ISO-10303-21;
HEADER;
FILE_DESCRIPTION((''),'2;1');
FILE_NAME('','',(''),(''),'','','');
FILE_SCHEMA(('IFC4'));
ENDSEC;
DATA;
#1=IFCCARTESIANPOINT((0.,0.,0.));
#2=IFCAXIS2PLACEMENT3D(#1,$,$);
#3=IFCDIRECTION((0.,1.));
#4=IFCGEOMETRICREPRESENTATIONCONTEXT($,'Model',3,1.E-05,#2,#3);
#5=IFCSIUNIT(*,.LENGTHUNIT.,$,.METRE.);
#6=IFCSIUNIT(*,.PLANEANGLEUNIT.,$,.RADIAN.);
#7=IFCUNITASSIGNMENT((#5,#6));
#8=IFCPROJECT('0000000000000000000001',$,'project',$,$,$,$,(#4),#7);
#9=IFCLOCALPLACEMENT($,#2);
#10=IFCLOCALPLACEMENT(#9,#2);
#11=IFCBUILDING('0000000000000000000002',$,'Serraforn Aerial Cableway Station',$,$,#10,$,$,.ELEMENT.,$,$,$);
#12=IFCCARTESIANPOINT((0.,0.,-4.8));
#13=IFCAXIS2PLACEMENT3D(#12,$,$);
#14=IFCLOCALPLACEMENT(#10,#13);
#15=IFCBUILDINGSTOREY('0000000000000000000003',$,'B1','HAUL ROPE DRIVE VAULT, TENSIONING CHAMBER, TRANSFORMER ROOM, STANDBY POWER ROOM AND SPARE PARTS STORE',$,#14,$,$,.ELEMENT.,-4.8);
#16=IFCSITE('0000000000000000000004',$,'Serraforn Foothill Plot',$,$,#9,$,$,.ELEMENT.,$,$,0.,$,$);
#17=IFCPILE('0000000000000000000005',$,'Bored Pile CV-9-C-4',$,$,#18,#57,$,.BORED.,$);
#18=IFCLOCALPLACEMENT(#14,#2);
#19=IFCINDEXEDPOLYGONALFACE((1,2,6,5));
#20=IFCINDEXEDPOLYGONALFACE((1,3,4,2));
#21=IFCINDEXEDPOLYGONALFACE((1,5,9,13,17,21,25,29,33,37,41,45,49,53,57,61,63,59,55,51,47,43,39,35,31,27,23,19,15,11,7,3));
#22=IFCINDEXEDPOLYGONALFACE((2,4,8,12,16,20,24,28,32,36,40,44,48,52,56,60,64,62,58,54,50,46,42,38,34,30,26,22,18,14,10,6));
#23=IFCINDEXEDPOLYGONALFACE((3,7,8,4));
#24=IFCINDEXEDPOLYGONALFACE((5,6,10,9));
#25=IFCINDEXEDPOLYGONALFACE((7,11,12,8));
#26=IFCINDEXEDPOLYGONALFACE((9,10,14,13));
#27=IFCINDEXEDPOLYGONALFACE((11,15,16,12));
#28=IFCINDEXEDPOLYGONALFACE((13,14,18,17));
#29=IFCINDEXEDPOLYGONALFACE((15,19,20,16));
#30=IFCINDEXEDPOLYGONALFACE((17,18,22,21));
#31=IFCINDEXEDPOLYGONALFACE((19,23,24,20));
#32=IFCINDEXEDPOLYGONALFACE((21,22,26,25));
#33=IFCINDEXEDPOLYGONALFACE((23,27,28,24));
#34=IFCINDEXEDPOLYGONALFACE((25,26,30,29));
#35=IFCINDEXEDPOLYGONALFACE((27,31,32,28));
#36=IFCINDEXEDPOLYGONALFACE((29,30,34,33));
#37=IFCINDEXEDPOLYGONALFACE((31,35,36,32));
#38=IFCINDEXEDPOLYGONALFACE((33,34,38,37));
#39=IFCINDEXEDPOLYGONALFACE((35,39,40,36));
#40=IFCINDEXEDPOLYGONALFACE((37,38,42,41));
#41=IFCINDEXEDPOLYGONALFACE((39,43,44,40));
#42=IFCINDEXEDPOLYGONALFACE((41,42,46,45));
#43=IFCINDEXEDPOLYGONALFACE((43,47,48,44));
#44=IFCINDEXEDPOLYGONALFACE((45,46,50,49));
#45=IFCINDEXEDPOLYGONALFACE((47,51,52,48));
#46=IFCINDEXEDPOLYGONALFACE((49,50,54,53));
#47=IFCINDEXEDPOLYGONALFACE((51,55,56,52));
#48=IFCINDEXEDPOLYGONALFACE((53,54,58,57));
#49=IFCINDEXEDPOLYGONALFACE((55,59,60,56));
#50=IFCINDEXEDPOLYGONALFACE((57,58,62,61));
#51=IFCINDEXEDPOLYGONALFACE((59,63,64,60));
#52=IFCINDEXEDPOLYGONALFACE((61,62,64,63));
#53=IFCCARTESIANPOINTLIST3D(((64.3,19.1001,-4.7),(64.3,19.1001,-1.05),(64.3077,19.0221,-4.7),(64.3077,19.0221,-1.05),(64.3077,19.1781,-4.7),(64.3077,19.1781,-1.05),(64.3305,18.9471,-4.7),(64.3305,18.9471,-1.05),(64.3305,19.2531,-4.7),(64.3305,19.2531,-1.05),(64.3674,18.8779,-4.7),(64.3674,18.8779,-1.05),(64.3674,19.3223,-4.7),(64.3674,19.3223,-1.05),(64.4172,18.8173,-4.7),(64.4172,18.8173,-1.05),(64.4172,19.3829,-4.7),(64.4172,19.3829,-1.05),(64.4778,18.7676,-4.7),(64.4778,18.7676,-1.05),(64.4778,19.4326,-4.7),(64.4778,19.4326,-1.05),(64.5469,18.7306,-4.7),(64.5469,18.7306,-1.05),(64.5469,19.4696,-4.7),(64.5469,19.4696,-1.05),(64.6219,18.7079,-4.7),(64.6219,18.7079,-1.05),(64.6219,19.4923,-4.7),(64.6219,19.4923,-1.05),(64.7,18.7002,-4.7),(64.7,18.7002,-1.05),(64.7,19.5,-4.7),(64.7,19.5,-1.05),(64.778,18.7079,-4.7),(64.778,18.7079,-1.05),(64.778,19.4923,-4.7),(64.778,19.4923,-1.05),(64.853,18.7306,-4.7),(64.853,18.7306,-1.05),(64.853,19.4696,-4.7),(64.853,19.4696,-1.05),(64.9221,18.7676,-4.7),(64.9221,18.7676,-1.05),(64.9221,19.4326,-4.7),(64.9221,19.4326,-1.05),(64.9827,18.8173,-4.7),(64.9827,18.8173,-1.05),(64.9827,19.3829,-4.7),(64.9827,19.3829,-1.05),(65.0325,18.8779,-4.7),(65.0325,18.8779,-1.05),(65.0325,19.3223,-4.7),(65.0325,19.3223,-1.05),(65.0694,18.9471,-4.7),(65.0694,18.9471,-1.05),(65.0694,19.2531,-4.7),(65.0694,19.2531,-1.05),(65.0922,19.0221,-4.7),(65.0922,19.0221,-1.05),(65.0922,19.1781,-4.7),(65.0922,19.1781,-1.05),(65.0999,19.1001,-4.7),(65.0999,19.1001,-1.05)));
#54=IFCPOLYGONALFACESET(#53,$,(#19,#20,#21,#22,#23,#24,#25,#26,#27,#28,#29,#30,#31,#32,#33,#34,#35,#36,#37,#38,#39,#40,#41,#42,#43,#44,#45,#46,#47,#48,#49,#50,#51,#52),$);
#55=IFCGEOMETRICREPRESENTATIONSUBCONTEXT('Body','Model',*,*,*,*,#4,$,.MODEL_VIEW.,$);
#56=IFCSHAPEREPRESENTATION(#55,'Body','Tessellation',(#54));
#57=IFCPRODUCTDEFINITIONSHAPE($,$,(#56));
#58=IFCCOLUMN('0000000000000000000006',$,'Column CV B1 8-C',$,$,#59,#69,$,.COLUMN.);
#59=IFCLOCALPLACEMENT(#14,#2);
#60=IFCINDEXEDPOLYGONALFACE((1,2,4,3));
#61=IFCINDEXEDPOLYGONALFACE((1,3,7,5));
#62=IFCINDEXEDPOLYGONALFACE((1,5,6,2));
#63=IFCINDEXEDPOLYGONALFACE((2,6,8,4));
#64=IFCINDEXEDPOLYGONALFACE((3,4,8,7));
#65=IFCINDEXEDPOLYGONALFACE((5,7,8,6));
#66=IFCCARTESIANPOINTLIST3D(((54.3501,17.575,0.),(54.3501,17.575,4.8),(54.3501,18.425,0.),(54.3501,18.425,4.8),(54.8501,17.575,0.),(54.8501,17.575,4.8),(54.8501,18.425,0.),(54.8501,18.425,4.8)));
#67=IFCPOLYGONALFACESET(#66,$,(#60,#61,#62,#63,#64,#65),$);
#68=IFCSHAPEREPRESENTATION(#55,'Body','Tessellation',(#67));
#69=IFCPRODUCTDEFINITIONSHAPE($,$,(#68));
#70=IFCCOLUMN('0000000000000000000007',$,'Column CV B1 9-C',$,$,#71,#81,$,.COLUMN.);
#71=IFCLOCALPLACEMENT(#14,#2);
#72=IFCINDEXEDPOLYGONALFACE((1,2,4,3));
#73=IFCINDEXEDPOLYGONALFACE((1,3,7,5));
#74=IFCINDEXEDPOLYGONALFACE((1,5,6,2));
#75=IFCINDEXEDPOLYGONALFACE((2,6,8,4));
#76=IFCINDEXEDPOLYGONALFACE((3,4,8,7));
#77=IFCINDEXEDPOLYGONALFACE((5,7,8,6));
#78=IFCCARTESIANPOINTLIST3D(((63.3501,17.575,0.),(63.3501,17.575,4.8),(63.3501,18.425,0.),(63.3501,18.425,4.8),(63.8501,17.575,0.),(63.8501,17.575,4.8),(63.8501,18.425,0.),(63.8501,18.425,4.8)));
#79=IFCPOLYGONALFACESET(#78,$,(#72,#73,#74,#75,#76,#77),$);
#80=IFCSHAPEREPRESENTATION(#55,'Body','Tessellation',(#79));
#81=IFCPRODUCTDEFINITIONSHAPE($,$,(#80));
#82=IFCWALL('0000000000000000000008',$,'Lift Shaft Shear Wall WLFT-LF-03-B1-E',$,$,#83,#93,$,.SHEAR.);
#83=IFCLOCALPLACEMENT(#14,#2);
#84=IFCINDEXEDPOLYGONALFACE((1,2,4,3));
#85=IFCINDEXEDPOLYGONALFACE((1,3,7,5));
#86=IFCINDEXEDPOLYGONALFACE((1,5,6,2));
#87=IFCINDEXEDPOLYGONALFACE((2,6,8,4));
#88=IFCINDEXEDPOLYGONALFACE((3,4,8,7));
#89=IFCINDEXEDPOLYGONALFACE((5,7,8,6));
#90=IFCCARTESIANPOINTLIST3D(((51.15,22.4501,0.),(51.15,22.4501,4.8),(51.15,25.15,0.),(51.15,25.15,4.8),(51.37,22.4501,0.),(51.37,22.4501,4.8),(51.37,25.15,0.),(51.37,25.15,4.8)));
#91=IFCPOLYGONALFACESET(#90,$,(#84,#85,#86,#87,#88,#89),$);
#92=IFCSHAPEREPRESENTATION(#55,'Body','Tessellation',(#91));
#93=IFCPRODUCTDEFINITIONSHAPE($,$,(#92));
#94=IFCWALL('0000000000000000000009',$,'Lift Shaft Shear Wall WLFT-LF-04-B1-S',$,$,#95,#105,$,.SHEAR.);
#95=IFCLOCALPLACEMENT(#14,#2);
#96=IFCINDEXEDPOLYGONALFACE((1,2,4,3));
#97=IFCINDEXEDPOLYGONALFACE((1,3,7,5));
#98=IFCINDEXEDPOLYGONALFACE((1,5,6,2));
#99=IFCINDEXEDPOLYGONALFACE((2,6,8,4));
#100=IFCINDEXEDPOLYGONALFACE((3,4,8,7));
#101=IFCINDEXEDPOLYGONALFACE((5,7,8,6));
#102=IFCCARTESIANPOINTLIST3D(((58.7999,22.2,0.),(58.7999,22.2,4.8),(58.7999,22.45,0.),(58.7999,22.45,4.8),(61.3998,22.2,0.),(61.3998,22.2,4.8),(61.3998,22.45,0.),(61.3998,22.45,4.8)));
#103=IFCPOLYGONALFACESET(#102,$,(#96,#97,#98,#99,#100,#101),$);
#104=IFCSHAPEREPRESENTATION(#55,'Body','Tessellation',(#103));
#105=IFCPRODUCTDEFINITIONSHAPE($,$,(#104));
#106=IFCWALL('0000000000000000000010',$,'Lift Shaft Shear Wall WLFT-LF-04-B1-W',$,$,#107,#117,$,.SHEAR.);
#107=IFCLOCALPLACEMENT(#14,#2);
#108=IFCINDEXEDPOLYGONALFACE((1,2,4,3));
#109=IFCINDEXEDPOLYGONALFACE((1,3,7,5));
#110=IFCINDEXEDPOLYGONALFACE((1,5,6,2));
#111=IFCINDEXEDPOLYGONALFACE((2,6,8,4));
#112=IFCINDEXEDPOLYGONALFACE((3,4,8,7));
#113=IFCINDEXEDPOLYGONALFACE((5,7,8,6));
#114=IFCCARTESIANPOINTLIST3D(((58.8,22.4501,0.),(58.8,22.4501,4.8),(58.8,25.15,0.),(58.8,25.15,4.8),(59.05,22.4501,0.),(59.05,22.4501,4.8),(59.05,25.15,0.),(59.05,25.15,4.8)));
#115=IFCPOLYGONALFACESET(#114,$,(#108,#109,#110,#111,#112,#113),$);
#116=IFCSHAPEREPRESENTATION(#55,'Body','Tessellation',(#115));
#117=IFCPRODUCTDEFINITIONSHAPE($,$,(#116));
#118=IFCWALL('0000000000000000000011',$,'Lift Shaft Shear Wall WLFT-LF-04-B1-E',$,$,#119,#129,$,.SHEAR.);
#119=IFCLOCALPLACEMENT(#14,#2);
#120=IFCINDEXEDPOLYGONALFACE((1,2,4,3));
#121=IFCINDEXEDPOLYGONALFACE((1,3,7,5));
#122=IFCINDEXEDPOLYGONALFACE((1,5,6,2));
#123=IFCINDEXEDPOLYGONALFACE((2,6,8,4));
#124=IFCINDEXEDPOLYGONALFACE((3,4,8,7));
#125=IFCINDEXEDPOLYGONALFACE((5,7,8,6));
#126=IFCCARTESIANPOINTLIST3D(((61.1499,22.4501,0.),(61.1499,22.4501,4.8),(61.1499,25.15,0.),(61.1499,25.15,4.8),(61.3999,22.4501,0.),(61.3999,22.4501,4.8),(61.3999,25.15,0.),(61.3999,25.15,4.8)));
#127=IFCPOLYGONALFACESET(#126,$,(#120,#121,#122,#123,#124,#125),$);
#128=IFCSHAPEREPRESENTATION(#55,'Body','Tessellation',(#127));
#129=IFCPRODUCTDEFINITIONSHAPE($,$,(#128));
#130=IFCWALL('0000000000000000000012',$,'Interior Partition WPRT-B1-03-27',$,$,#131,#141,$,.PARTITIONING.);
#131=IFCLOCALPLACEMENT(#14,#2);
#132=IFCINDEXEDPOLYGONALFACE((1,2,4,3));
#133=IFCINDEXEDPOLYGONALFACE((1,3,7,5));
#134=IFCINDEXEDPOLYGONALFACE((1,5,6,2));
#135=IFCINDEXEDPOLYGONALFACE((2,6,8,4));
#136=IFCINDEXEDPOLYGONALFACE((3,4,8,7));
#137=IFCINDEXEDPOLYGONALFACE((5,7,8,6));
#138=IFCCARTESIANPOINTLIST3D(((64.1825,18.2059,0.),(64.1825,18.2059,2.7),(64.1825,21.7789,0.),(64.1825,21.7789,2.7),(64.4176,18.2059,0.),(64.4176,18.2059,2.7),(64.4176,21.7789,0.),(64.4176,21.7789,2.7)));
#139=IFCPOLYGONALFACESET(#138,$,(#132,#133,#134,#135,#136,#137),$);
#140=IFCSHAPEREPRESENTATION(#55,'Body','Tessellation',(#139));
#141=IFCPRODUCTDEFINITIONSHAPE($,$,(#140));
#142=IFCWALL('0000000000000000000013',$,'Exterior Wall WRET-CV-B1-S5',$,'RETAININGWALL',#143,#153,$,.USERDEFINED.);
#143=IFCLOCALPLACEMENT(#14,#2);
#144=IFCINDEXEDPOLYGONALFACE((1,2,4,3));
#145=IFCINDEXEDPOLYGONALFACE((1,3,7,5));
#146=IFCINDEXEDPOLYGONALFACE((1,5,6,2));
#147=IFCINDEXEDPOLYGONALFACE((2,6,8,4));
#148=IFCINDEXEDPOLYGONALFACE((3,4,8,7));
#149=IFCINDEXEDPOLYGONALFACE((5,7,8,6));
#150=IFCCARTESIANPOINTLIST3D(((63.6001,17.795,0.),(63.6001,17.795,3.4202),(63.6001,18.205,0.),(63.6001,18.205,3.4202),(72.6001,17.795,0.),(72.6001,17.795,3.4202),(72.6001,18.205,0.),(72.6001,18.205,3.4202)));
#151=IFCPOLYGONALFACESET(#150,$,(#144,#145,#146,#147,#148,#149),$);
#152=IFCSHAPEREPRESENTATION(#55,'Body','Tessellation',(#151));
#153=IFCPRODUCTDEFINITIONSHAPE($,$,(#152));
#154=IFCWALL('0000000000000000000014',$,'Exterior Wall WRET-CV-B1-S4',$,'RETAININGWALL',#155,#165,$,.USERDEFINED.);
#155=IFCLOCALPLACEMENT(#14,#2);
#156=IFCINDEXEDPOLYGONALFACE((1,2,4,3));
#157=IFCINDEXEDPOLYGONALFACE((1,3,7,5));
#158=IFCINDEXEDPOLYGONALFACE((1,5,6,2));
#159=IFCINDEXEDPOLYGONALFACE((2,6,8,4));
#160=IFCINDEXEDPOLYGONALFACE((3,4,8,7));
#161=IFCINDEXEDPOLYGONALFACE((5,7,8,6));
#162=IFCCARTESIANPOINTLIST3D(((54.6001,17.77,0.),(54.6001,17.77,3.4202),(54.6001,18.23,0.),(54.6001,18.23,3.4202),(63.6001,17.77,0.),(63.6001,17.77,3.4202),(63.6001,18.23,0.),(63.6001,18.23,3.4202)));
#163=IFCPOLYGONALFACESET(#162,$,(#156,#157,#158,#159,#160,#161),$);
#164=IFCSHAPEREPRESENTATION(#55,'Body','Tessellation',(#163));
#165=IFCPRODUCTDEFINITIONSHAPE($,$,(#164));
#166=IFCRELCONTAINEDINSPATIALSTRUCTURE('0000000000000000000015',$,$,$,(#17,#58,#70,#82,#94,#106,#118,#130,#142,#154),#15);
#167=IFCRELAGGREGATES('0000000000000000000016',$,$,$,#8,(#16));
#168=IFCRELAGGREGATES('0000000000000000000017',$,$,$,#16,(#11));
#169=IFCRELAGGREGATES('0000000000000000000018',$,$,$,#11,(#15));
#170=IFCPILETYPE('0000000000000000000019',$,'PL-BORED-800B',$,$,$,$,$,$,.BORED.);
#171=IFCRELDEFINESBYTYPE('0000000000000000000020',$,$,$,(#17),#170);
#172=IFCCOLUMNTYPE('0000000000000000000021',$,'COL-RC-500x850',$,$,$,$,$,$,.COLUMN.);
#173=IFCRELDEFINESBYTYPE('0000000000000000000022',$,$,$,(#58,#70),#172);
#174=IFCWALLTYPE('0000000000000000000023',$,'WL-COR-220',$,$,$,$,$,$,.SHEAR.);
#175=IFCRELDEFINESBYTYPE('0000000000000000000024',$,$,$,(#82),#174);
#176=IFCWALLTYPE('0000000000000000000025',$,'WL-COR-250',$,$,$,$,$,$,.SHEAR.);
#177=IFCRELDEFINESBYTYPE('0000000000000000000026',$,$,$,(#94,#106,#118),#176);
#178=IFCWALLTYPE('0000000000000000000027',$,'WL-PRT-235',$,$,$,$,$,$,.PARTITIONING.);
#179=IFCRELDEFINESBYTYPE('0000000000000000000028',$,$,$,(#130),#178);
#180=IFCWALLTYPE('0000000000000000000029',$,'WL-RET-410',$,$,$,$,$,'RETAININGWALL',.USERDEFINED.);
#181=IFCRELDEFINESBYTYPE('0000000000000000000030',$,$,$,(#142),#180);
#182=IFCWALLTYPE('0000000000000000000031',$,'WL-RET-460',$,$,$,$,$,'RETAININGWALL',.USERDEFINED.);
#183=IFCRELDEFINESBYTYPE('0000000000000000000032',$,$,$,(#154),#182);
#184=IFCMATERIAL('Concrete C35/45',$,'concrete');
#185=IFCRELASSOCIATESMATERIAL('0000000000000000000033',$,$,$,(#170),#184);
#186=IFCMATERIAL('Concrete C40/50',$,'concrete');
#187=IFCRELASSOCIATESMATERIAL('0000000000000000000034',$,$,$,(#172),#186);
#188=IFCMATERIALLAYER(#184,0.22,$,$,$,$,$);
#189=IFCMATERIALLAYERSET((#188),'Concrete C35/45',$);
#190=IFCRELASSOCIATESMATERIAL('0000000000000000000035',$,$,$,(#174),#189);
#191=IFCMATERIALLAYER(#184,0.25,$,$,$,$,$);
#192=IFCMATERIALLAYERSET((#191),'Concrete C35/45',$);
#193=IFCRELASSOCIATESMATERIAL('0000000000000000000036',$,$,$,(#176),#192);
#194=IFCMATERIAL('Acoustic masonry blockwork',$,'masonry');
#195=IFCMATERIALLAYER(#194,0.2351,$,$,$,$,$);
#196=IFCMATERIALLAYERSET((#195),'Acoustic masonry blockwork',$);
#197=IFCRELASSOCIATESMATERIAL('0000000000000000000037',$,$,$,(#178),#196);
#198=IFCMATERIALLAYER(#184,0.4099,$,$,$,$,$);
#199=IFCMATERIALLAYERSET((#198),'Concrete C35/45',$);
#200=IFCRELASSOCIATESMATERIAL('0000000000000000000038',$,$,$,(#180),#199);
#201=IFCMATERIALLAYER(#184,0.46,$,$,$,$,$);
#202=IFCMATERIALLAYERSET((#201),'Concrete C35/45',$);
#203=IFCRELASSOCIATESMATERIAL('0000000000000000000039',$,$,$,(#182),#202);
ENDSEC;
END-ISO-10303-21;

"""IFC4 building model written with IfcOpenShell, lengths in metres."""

from ifc_helpers import new_model, si_unit, direction, frame, frame_2d, origin, origin_2d, place, context, subcontext, project, spatial, rectangle, circle, extrude, material, layer, layer_set, material_profile, profile_set, type_object, element, save


model = new_model("IFC4")

# Units and contexts
model_context = context("Model", 3, precision=1e-05, world=origin(), true_north=direction((0.0, 1.0)))
body_context = subcontext(model_context, "Body", "Model", "MODEL_VIEW")
ifc_project = project(units=[si_unit("LENGTHUNIT", "METRE"), si_unit("PLANEANGLEUNIT", "RADIAN")], contexts=[model_context])

# Site, building, storey
site_placement = place(None, origin())
site = spatial("IfcSite", under=ifc_project, at=site_placement, Name="Serraforn Foothill Plot", CompositionType="ELEMENT", RefElevation=0.0)
building_placement = place(site_placement, origin())
building = spatial("IfcBuilding", under=site, at=building_placement, Name="Serraforn Aerial Cableway Station", CompositionType="ELEMENT")
storey_placement = place(building_placement, frame((0.0, 0.0, -4.8)))
storey = spatial("IfcBuildingStorey", under=building, at=storey_placement, Name="B1", Description="HAUL ROPE DRIVE VAULT, TENSIONING CHAMBER, TRANSFORMER ROOM, STANDBY POWER ROOM AND SPARE PARTS STORE", CompositionType="ELEMENT", Elevation=-4.8)

# Shared definitions
ifc_material_1 = material(Name="Concrete C35/45", Category="concrete")

# Pile
ifc_material_profile_1 = material_profile(ifc_material_1, circle(Radius=0.3999, at=origin_2d()), Name="BORED PILE D800")
ifc_profile_set_1 = profile_set([ifc_material_profile_1], Name="Concrete C35/45")
pile_type_1 = type_object("IfcPileType", Name="PL-BORED-800B", PredefinedType="BORED", material=ifc_profile_set_1)
for number, where, z_axis, x_axis, name in (
    (1, (64.7, 19.1001, -1.05), (0.0, 0.0, -1.0), (1.0, 0.0, 0.0), "Bored Pile CV-9-C-4"),
):
    element("IfcPile", number, at=place(storey_placement, frame(where, z_axis=z_axis, x_axis=x_axis)), inside=storey, type_object=pile_type_1, Name=name, PredefinedType="BORED", context=body_context, shape_type="SweptSolid", body=[
        extrude(circle(Radius=0.3999, at=origin_2d()), origin(), (0.0, 0.0, 1.0), 3.6499),
    ])

# Columns
ifc_material_2 = material(Name="Concrete C40/50", Category="concrete")
ifc_material_profile_2 = material_profile(ifc_material_2, rectangle(XDim=0.5, YDim=0.8501, at=origin_2d()), Name="RC 500x850")
ifc_profile_set_2 = profile_set([ifc_material_profile_2], Name="Concrete C40/50")
column_type = type_object("IfcColumnType", Name="COL-RC-500x850", PredefinedType="COLUMN", material=ifc_profile_set_2)
for number, where, z_axis, x_axis, name in (
    (2, (54.6001, 18.0, 0.0), (0.0, 0.0, 1.0), (1.0, 0.0, 0.0), "Column CV B1 8-C"),
    (3, (63.6001, 18.0, 0.0), (0.0, 0.0, 1.0), (1.0, 0.0, 0.0), "Column CV B1 9-C"),
):
    element("IfcColumn", number, at=place(storey_placement, frame(where, z_axis=z_axis, x_axis=x_axis)), inside=storey, type_object=column_type, Name=name, PredefinedType="COLUMN", context=body_context, shape_type="SweptSolid", body=[
        extrude(rectangle(XDim=0.5, YDim=0.8501, at=origin_2d()), origin(), (0.0, 0.0, 1.0), 4.8),
    ])

# Walls
ifc_layer_1 = layer(ifc_material_1, 0.22)
ifc_layer_set_1 = layer_set([ifc_layer_1], Name="Concrete C35/45")
wall_type_1 = type_object("IfcWallType", Name="WL-COR-220", PredefinedType="SHEAR", material=ifc_layer_set_1)
wall_1_placement = place(storey_placement, frame((51.26, 22.45, 0.0), z_axis=(0.0, 0.0, 1.0), x_axis=(0.0, 1.0, 0.0)))
element("IfcWall", 4, at=wall_1_placement, inside=storey, type_object=wall_type_1, Name="Lift Shaft Shear Wall WLFT-LF-03-B1-E", PredefinedType="SHEAR", context=body_context, shape_type="SweptSolid", body=[
    extrude(rectangle(XDim=2.7, YDim=0.22, at=frame_2d((1.3501, 0.0))), origin(), (0.0, 0.0, 1.0), 4.8),
])
ifc_layer_2 = layer(ifc_material_1, 0.25)
ifc_layer_set_2 = layer_set([ifc_layer_2], Name="Concrete C35/45")
wall_type_2 = type_object("IfcWallType", Name="WL-COR-250", PredefinedType="SHEAR", material=ifc_layer_set_2)
wall_2_placement = place(storey_placement, frame((58.8, 22.325, 0.0), z_axis=(0.0, 0.0, 1.0), x_axis=(1.0, 0.0, 0.0)))
element("IfcWall", 5, at=wall_2_placement, inside=storey, type_object=wall_type_2, Name="Lift Shaft Shear Wall WLFT-LF-04-B1-S", PredefinedType="SHEAR", context=body_context, shape_type="SweptSolid", body=[
    extrude(rectangle(XDim=2.5999, YDim=0.25, at=frame_2d((1.2998, 0.0))), origin(), (0.0, 0.0, 1.0), 4.8),
])
for number, where, z_axis, x_axis, name in (
    (6, (58.925, 22.45, 0.0), (0.0, 0.0, 1.0), (0.0, 1.0, 0.0), "Lift Shaft Shear Wall WLFT-LF-04-B1-W"),
    (7, (61.2749, 22.45, 0.0), (0.0, 0.0, 1.0), (0.0, 1.0, 0.0), "Lift Shaft Shear Wall WLFT-LF-04-B1-E"),
):
    element("IfcWall", number, at=place(storey_placement, frame(where, z_axis=z_axis, x_axis=x_axis)), inside=storey, type_object=wall_type_2, Name=name, PredefinedType="SHEAR", context=body_context, shape_type="SweptSolid", body=[
        extrude(rectangle(XDim=2.7, YDim=0.25, at=frame_2d((1.3501, 0.0))), origin(), (0.0, 0.0, 1.0), 4.8),
    ])
ifc_material_3 = material(Name="Acoustic masonry blockwork", Category="masonry")
ifc_layer_3 = layer(ifc_material_3, 0.2351)
ifc_layer_set_3 = layer_set([ifc_layer_3], Name="Acoustic masonry blockwork")
wall_type_3 = type_object("IfcWallType", Name="WL-PRT-235", PredefinedType="PARTITIONING", material=ifc_layer_set_3)
wall_3_placement = place(storey_placement, frame((64.3, 21.7791, 0.0), z_axis=(0.0, 0.0, 1.0), x_axis=(0.0, -1.0, 0.0)))
element("IfcWall", 8, at=wall_3_placement, inside=storey, type_object=wall_type_3, Name="Interior Partition WPRT-B1-03-27", PredefinedType="PARTITIONING", context=body_context, shape_type="SweptSolid", body=[
    extrude(rectangle(XDim=3.573, YDim=0.2351, at=frame_2d((1.7866, 0.0))), origin(), (0.0, 0.0, 1.0), 2.7),
])
ifc_layer_4 = layer(ifc_material_1, 0.4099)
ifc_layer_set_4 = layer_set([ifc_layer_4], Name="Concrete C35/45")
wall_type_4 = type_object("IfcWallType", Name="WL-RET-410", ElementType="RETAININGWALL", PredefinedType="USERDEFINED", material=ifc_layer_set_4)
wall_4_placement = place(storey_placement, frame((63.6001, 18.0, 0.0), z_axis=(0.0, 0.0, 1.0), x_axis=(1.0, 0.0, 0.0)))
element("IfcWall", 9, at=wall_4_placement, inside=storey, type_object=wall_type_4, Name="Exterior Wall WRET-CV-B1-S5", ObjectType="RETAININGWALL", PredefinedType="USERDEFINED", context=body_context, shape_type="SweptSolid", body=[
    extrude(rectangle(XDim=9.0, YDim=0.4099, at=frame_2d((4.5, 0.0))), origin(), (0.0, 0.0, 1.0), 3.4202),
])
ifc_layer_5 = layer(ifc_material_1, 0.46)
ifc_layer_set_5 = layer_set([ifc_layer_5], Name="Concrete C35/45")
wall_type_5 = type_object("IfcWallType", Name="WL-RET-460", ElementType="RETAININGWALL", PredefinedType="USERDEFINED", material=ifc_layer_set_5)
wall_5_placement = place(storey_placement, frame((54.6001, 18.0, 0.0), z_axis=(0.0, 0.0, 1.0), x_axis=(1.0, 0.0, 0.0)))
element("IfcWall", 10, at=wall_5_placement, inside=storey, type_object=wall_type_5, Name="Exterior Wall WRET-CV-B1-S4", ObjectType="RETAININGWALL", PredefinedType="USERDEFINED", context=body_context, shape_type="SweptSolid", body=[
    extrude(rectangle(XDim=9.0, YDim=0.46, at=frame_2d((4.5, 0.0))), origin(), (0.0, 0.0, 1.0), 3.4202),
])

save(model, "model.ifc")
